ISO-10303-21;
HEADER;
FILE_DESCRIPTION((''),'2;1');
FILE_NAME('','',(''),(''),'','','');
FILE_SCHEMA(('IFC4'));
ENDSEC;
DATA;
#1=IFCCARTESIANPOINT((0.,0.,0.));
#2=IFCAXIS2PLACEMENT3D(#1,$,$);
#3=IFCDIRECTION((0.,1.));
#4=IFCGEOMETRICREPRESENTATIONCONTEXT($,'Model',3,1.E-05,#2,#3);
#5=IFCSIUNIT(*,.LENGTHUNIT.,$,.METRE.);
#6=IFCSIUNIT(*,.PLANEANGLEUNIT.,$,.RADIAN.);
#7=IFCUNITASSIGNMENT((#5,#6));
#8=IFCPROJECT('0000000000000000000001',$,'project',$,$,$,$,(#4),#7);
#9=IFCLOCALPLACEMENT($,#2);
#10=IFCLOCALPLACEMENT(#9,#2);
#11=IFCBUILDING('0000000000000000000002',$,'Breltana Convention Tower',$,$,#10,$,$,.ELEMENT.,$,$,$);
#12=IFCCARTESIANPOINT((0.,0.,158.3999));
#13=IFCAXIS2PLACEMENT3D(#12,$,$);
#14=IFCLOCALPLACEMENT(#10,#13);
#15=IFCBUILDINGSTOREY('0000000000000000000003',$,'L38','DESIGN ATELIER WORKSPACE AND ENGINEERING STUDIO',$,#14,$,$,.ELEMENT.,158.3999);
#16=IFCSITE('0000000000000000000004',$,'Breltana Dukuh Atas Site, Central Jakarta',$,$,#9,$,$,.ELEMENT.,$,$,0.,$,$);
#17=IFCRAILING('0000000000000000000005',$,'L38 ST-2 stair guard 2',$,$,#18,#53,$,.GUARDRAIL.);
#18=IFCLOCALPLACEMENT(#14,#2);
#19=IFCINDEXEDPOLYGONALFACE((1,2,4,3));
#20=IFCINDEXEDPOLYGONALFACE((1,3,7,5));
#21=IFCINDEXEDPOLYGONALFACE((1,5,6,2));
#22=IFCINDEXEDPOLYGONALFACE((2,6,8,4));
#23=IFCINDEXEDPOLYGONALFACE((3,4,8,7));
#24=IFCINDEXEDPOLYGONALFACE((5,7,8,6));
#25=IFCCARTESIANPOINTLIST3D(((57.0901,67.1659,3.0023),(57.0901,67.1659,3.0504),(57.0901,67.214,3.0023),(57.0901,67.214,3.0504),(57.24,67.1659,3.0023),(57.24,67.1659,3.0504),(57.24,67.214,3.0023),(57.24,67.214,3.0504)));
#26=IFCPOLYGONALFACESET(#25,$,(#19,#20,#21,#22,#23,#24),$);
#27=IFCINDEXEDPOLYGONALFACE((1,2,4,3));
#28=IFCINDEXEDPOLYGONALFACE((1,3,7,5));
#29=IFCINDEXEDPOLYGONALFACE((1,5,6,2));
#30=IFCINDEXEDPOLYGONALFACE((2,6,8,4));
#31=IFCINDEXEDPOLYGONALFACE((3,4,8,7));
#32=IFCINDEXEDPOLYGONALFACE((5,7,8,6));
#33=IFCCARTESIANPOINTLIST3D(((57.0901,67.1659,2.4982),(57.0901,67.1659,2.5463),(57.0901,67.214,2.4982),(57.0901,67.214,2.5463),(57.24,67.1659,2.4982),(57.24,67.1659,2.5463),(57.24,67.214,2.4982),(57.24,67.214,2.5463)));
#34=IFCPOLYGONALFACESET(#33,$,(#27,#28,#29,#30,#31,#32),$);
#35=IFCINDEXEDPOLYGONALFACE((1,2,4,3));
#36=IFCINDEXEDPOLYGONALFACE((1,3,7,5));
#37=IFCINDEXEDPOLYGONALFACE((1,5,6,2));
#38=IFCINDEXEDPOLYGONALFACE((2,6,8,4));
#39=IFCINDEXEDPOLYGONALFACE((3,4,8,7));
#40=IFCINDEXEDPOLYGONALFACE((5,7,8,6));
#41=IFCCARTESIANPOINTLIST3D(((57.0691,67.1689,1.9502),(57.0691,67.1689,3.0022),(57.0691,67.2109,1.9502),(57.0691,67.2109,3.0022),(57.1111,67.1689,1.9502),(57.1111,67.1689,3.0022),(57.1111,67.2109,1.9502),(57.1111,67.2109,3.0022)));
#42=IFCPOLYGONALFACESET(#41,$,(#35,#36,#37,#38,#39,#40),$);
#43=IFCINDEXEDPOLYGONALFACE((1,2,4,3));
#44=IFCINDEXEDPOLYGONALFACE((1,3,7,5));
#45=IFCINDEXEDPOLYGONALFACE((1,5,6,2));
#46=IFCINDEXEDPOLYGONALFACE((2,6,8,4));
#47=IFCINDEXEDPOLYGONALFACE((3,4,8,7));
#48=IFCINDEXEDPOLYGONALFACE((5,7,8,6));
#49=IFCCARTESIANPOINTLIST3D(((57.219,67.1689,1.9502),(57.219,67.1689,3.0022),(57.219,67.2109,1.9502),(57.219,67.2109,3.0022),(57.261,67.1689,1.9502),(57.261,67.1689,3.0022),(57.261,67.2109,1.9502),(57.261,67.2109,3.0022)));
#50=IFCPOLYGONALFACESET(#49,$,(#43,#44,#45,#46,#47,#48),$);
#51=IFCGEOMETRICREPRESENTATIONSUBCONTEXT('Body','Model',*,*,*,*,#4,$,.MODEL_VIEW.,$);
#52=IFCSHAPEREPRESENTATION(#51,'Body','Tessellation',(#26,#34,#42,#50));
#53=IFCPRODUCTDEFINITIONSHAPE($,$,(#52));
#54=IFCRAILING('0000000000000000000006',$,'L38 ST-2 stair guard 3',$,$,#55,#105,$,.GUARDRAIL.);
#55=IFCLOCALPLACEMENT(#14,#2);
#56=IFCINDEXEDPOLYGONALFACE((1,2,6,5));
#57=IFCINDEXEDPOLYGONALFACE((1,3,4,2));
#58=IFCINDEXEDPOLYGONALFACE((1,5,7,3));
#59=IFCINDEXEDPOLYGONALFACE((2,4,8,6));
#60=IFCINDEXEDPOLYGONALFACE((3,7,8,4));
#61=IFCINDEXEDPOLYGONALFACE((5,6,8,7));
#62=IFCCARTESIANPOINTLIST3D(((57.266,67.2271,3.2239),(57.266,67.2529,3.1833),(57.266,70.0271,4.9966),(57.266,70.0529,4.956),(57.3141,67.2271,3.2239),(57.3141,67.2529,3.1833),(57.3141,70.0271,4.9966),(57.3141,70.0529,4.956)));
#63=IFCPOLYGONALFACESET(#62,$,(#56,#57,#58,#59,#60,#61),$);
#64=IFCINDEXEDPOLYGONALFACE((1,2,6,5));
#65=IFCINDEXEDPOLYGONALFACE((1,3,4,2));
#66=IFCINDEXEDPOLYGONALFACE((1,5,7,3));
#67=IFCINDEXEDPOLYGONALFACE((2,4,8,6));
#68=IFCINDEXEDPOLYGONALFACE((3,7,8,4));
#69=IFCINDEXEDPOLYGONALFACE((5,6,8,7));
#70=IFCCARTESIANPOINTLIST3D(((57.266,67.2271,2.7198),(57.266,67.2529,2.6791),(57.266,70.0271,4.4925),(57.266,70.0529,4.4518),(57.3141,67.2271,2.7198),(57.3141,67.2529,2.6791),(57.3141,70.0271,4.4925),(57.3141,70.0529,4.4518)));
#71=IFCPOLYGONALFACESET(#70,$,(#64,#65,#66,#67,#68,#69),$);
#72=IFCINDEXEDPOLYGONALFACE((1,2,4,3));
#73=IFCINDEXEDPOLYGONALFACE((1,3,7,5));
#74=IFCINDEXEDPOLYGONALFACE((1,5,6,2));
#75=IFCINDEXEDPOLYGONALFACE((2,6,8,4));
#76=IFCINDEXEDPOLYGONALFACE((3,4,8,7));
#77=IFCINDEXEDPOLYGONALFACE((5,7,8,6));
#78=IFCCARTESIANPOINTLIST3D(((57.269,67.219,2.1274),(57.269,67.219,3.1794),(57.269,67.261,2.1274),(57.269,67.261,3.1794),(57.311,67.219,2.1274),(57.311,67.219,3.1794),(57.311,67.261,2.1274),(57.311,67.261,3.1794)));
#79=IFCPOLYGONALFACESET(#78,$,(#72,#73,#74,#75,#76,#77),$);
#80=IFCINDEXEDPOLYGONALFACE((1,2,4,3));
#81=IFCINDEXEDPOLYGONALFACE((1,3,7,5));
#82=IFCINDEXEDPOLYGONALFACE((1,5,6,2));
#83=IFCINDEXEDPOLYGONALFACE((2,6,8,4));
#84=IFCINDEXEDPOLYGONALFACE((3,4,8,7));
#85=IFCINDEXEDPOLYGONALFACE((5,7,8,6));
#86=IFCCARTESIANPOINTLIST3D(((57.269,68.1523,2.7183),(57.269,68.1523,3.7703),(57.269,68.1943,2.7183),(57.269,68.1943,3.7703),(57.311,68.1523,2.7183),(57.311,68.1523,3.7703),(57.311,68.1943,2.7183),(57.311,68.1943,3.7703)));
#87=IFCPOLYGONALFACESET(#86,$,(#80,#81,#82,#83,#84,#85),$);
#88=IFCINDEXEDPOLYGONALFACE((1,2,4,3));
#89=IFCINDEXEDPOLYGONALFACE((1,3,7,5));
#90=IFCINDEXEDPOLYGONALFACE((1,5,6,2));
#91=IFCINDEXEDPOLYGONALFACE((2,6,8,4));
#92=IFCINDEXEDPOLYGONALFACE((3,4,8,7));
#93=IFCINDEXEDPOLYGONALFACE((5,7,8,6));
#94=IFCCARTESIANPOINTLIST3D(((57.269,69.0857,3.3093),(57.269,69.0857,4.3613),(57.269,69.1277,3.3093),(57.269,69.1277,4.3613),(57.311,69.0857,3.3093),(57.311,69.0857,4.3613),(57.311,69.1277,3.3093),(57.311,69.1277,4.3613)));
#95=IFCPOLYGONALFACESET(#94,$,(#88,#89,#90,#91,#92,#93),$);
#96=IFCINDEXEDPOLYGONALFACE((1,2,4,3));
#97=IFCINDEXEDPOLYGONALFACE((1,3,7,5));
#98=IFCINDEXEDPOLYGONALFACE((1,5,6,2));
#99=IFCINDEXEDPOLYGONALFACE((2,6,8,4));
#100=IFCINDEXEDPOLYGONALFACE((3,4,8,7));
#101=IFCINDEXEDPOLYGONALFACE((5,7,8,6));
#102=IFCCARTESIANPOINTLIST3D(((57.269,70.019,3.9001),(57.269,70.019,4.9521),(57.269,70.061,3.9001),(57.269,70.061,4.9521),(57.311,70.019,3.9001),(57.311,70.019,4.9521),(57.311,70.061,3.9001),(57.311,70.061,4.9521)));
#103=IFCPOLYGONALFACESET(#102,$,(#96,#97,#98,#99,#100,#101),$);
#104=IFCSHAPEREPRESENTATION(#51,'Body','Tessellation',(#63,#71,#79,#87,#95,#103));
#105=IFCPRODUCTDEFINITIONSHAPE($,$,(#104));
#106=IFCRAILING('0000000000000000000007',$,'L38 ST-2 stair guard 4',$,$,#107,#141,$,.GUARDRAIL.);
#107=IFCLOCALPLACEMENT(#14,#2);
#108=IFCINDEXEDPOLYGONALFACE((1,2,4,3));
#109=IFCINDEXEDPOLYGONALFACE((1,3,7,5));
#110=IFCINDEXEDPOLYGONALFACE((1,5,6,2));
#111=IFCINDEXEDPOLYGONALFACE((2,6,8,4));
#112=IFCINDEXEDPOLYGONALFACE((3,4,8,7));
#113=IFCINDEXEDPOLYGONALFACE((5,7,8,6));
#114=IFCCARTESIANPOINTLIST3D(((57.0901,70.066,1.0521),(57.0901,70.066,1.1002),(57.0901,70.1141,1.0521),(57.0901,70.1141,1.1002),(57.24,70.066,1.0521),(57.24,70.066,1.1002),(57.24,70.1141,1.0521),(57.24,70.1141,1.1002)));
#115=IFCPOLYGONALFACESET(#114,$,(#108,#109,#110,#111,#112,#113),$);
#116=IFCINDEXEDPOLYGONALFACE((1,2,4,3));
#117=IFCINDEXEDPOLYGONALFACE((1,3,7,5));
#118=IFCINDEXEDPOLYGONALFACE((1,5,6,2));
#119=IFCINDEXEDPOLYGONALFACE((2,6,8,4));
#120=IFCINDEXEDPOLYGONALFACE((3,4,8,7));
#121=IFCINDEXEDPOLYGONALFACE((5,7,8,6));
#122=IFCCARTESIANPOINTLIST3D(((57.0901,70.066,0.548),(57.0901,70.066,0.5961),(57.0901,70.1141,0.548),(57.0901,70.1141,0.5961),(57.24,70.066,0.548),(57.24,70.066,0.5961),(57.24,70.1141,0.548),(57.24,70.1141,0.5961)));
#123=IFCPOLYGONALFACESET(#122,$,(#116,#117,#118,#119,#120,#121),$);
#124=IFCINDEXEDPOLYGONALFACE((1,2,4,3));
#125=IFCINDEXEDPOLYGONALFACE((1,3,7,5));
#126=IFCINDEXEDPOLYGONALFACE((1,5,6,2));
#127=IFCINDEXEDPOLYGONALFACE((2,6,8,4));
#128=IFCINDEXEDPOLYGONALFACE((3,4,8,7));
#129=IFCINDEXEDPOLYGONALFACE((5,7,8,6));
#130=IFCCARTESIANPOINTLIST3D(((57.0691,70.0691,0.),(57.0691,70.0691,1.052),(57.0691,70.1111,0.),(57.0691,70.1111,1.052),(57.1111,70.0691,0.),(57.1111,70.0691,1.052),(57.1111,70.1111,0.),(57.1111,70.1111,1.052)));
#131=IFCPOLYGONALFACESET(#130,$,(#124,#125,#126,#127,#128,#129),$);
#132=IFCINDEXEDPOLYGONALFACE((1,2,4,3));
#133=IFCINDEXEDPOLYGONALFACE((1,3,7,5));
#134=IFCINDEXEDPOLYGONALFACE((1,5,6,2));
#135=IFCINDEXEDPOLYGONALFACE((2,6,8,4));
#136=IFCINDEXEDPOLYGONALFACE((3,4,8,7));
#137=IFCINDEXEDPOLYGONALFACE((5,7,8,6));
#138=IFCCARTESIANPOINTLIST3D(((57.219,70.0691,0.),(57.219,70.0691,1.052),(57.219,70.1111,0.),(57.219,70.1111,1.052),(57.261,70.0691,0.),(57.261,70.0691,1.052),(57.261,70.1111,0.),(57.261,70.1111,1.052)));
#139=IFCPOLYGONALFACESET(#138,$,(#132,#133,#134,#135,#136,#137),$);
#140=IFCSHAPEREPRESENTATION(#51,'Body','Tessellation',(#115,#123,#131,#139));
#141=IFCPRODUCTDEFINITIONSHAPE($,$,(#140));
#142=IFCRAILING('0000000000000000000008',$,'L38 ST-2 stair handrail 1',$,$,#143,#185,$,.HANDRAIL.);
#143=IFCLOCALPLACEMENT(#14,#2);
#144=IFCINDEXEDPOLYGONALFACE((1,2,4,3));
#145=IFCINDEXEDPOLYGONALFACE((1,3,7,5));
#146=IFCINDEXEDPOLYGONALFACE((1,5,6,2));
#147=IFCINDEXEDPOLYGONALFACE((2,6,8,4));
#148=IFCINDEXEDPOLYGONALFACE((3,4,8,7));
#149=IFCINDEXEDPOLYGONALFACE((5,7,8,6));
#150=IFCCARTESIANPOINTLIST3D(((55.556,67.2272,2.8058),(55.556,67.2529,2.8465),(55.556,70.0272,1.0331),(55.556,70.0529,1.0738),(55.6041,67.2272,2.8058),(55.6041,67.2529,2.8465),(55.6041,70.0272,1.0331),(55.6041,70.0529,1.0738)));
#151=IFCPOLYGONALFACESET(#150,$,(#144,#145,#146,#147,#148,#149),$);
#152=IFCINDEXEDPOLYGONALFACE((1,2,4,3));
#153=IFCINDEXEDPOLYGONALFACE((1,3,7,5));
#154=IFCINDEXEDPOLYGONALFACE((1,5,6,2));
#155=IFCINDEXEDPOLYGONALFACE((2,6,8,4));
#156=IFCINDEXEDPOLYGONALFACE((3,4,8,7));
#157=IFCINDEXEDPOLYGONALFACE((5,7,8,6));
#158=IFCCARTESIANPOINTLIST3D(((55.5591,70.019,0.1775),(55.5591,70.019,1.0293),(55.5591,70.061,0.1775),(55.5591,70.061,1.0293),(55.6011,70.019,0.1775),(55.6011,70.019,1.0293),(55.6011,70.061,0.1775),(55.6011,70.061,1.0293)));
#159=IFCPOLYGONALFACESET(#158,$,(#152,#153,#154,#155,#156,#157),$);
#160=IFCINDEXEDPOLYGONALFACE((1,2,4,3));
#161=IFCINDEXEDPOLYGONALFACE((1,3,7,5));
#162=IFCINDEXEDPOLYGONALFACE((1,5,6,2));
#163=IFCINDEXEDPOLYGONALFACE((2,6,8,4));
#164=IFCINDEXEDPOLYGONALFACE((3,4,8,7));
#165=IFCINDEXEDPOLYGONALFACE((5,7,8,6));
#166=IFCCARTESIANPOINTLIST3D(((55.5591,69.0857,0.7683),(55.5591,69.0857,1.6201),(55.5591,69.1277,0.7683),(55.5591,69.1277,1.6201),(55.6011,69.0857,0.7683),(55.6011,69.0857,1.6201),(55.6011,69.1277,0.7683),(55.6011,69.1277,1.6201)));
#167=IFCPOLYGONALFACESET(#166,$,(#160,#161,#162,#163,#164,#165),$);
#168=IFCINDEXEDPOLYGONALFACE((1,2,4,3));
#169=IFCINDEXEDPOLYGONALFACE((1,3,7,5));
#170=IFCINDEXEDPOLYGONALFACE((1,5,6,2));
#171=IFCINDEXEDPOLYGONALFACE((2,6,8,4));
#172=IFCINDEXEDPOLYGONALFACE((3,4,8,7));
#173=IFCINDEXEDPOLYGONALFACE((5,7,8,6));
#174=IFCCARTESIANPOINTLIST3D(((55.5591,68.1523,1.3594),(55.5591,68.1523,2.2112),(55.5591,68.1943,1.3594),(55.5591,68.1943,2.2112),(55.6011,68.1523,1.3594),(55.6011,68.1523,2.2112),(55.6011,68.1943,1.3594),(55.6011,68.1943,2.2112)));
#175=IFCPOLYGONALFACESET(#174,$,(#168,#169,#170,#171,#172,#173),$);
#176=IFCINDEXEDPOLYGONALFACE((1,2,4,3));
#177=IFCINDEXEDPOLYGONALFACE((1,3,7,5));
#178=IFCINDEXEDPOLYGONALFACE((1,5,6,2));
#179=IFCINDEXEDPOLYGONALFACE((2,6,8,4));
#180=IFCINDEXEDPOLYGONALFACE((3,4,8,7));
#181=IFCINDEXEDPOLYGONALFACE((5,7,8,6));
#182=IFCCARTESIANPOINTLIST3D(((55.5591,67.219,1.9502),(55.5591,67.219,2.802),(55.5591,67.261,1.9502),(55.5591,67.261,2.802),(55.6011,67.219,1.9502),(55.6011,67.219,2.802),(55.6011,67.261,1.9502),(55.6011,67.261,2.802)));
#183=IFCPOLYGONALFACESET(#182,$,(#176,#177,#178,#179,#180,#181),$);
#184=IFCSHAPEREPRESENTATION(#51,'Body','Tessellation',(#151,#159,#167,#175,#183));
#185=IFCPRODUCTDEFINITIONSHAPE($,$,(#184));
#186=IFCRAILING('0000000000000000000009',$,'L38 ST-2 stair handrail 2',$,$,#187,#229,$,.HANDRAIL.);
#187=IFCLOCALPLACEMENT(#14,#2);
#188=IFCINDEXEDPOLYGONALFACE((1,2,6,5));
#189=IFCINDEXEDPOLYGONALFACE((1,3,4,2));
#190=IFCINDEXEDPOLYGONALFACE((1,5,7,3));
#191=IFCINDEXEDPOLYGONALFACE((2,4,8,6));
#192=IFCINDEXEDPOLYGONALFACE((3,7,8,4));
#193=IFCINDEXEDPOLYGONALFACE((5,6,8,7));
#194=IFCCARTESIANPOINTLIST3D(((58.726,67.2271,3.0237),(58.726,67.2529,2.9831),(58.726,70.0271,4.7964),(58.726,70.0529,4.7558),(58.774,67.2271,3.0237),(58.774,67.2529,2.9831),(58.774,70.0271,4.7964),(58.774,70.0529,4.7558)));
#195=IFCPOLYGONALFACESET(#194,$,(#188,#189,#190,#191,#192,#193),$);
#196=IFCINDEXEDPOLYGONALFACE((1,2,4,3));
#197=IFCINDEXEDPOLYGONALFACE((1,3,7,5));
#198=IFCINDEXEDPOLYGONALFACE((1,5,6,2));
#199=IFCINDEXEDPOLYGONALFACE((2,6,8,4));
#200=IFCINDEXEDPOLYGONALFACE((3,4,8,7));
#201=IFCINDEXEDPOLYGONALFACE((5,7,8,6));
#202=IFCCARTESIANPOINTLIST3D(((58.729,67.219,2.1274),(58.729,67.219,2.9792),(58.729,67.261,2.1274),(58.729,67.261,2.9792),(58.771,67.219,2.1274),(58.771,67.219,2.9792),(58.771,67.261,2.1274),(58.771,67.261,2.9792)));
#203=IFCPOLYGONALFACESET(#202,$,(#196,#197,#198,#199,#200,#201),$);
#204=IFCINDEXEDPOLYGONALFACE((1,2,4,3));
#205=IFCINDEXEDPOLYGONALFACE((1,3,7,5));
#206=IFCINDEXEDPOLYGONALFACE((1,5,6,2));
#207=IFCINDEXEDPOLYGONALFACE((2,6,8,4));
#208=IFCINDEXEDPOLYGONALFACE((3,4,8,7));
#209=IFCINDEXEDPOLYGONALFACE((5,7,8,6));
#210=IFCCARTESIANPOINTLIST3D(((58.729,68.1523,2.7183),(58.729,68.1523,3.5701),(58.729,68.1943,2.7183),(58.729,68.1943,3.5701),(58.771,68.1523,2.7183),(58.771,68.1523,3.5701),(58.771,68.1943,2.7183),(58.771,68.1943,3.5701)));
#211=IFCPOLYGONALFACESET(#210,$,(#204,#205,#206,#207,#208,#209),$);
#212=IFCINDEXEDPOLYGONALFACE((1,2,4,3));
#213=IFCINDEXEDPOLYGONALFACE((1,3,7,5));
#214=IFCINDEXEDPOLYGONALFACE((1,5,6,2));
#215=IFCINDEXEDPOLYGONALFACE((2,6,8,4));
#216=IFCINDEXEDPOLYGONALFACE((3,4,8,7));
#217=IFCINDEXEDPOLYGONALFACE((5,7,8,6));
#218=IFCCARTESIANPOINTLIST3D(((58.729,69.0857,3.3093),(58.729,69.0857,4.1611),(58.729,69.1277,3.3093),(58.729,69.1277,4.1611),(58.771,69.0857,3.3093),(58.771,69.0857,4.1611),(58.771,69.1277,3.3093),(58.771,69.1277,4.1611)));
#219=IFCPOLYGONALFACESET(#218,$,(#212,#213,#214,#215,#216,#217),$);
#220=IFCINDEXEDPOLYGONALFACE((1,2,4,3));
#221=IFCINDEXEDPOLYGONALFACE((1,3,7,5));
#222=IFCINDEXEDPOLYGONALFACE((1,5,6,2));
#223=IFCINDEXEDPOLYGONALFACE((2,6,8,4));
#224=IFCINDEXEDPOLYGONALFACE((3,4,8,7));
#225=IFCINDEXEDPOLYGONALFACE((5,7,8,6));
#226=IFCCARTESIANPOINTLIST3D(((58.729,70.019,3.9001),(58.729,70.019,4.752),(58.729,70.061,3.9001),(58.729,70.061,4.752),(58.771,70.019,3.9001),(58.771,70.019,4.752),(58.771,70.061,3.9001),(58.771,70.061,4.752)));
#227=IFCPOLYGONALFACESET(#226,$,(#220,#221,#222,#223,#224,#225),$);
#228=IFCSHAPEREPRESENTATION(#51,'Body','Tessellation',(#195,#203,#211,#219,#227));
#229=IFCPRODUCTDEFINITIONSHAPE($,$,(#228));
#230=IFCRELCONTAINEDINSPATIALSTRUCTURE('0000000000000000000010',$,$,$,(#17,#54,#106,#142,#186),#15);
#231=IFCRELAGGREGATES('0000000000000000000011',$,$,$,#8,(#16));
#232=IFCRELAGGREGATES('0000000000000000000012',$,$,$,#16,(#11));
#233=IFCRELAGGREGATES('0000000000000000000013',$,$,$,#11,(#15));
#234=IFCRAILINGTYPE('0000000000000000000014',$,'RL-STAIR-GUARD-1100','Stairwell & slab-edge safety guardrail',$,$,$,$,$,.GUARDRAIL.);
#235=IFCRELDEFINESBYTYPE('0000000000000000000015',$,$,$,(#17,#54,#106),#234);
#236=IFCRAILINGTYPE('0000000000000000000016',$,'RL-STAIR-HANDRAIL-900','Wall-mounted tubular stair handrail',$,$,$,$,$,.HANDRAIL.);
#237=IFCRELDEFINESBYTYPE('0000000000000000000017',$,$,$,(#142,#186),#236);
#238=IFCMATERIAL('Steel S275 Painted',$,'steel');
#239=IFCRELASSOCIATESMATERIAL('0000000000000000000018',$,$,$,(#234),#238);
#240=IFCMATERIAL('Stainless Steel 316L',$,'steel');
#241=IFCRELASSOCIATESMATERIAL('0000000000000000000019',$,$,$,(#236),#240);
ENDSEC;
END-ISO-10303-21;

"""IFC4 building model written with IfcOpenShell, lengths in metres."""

from ifc_helpers import new_model, si_unit, direction, frame, origin, origin_2d, place, context, subcontext, project, spatial, rectangle, extrude, material, type_object, element, save


model = new_model("IFC4")

# Units and contexts
model_context = context("Model", 3, precision=1e-05, world=origin(), true_north=direction((0.0, 1.0)))
body_context = subcontext(model_context, "Body", "Model", "MODEL_VIEW")
ifc_project = project(units=[si_unit("LENGTHUNIT", "METRE"), si_unit("PLANEANGLEUNIT", "RADIAN")], contexts=[model_context])

# Site, building, storey
site_placement = place(None, origin())
site = spatial("IfcSite", under=ifc_project, at=site_placement, Name="Breltana Dukuh Atas Site, Central Jakarta", CompositionType="ELEMENT", RefElevation=0.0)
building_placement = place(site_placement, origin())
building = spatial("IfcBuilding", under=site, at=building_placement, Name="Breltana Convention Tower", CompositionType="ELEMENT")
storey_placement = place(building_placement, frame((0.0, 0.0, 158.3999)))
storey = spatial("IfcBuildingStorey", under=building, at=storey_placement, Name="L38", Description="DESIGN ATELIER WORKSPACE AND ENGINEERING STUDIO", CompositionType="ELEMENT", Elevation=158.3999)

# Railings
ifc_material_1 = material(Name="Steel S275 Painted", Category="steel")
railing_type_1 = type_object("IfcRailingType", Name="RL-STAIR-GUARD-1100", Description="Stairwell & slab-edge safety guardrail", PredefinedType="GUARDRAIL", material=ifc_material_1)
railing_1_placement = place(storey_placement, frame((57.0901, 67.1899, 1.9502)))
element("IfcRailing", 1, at=railing_1_placement, inside=storey, type_object=railing_type_1, Name="L38 ST-2 stair guard 2", PredefinedType="GUARDRAIL", context=body_context, shape_type="SweptSolid", body=[
    extrude(rectangle(XDim=0.0481, YDim=0.0481, at=origin_2d()), frame((0.0, 0.0, 1.0762), z_axis=(1.0, 0.0, 0.0), x_axis=(0.0, 1.0, 0.0)), (0.0, 0.0, 1.0), 0.1499),
    extrude(rectangle(XDim=0.0481, YDim=0.0481, at=origin_2d()), frame((0.0, 0.0, 0.572), z_axis=(1.0, 0.0, 0.0), x_axis=(0.0, 1.0, 0.0)), (0.0, 0.0, 1.0), 0.1499),
    extrude(rectangle(XDim=0.042, YDim=0.042, at=origin_2d()), origin(), (0.0, 0.0, 1.0), 1.052),
    extrude(rectangle(XDim=0.042, YDim=0.042, at=origin_2d()), frame((0.1499, 0.0, 0.0)), (0.0, 0.0, 1.0), 1.052),
])
railing_2_placement = place(storey_placement, frame((57.29, 67.24, 2.1274)))
element("IfcRailing", 2, at=railing_2_placement, inside=storey, type_object=railing_type_1, Name="L38 ST-2 stair guard 3", PredefinedType="GUARDRAIL", context=body_context, shape_type="SweptSolid", body=[
    extrude(rectangle(XDim=0.0481, YDim=0.0481, at=origin_2d()), frame((0.0, 0.0, 1.0762), z_axis=(0.0, 0.844909, 0.53491), x_axis=(-1.0, 0.0, 0.0)), (0.0, 0.0, 1.0), 3.314),
    extrude(rectangle(XDim=0.0481, YDim=0.0481, at=origin_2d()), frame((0.0, 0.0, 0.572), z_axis=(0.0, 0.844909, 0.53491), x_axis=(-1.0, 0.0, 0.0)), (0.0, 0.0, 1.0), 3.314),
    extrude(rectangle(XDim=0.042, YDim=0.042, at=origin_2d()), origin(), (0.0, 0.0, 1.0), 1.052),
    extrude(rectangle(XDim=0.042, YDim=0.042, at=origin_2d()), frame((0.0, 0.9333, 0.5908)), (0.0, 0.0, 1.0), 1.052),
    extrude(rectangle(XDim=0.042, YDim=0.042, at=origin_2d()), frame((0.0, 1.8667, 1.1819)), (0.0, 0.0, 1.0), 1.052),
    extrude(rectangle(XDim=0.042, YDim=0.042, at=origin_2d()), frame((0.0, 2.8, 1.7727)), (0.0, 0.0, 1.0), 1.052),
])
railing_3_placement = place(storey_placement, frame((57.0901, 70.0901, 0.0)))
element("IfcRailing", 3, at=railing_3_placement, inside=storey, type_object=railing_type_1, Name="L38 ST-2 stair guard 4", PredefinedType="GUARDRAIL", context=body_context, shape_type="SweptSolid", body=[
    extrude(rectangle(XDim=0.0481, YDim=0.0481, at=origin_2d()), frame((0.0, 0.0, 1.0762), z_axis=(1.0, 0.0, 0.0), x_axis=(0.0, 1.0, 0.0)), (0.0, 0.0, 1.0), 0.1499),
    extrude(rectangle(XDim=0.0481, YDim=0.0481, at=origin_2d()), frame((0.0, 0.0, 0.572), z_axis=(1.0, 0.0, 0.0), x_axis=(0.0, 1.0, 0.0)), (0.0, 0.0, 1.0), 0.1499),
    extrude(rectangle(XDim=0.042, YDim=0.042, at=origin_2d()), origin(), (0.0, 0.0, 1.0), 1.052),
    extrude(rectangle(XDim=0.042, YDim=0.042, at=origin_2d()), frame((0.1499, 0.0, 0.0)), (0.0, 0.0, 1.0), 1.052),
])
ifc_material_2 = material(Name="Stainless Steel 316L", Category="steel")
railing_type_2 = type_object("IfcRailingType", Name="RL-STAIR-HANDRAIL-900", Description="Wall-mounted tubular stair handrail", PredefinedType="HANDRAIL", material=ifc_material_2)
railing_4_placement = place(storey_placement, frame((55.5801, 70.04, 0.1775)))
element("IfcRailing", 4, at=railing_4_placement, inside=storey, type_object=railing_type_2, Name="L38 ST-2 stair handrail 1", PredefinedType="HANDRAIL", context=body_context, shape_type="SweptSolid", body=[
    extrude(rectangle(XDim=0.0481, YDim=0.0481, at=origin_2d()), frame((0.0, 0.0, 0.876), z_axis=(0.0, -0.844909, 0.53491), x_axis=(1.0, 0.0, 0.0)), (0.0, 0.0, 1.0), 3.314),
    extrude(rectangle(XDim=0.042, YDim=0.042, at=origin_2d()), origin(), (0.0, 0.0, 1.0), 0.8518),
    extrude(rectangle(XDim=0.042, YDim=0.042, at=origin_2d()), frame((0.0, -0.9333, 0.5908)), (0.0, 0.0, 1.0), 0.8518),
    extrude(rectangle(XDim=0.042, YDim=0.042, at=origin_2d()), frame((0.0, -1.8667, 1.1819)), (0.0, 0.0, 1.0), 0.8518),
    extrude(rectangle(XDim=0.042, YDim=0.042, at=origin_2d()), frame((0.0, -2.8, 1.7727)), (0.0, 0.0, 1.0), 0.8518),
])
railing_5_placement = place(storey_placement, frame((58.75, 67.24, 2.1274)))
element("IfcRailing", 5, at=railing_5_placement, inside=storey, type_object=railing_type_2, Name="L38 ST-2 stair handrail 2", PredefinedType="HANDRAIL", context=body_context, shape_type="SweptSolid", body=[
    extrude(rectangle(XDim=0.0481, YDim=0.0481, at=origin_2d()), frame((0.0, 0.0, 0.876), z_axis=(0.0, 0.844909, 0.53491), x_axis=(-1.0, 0.0, 0.0)), (0.0, 0.0, 1.0), 3.314),
    extrude(rectangle(XDim=0.042, YDim=0.042, at=origin_2d()), origin(), (0.0, 0.0, 1.0), 0.8518),
    extrude(rectangle(XDim=0.042, YDim=0.042, at=origin_2d()), frame((0.0, 0.9333, 0.5908)), (0.0, 0.0, 1.0), 0.8518),
    extrude(rectangle(XDim=0.042, YDim=0.042, at=origin_2d()), frame((0.0, 1.8667, 1.1819)), (0.0, 0.0, 1.0), 0.8518),
    extrude(rectangle(XDim=0.042, YDim=0.042, at=origin_2d()), frame((0.0, 2.8, 1.7727)), (0.0, 0.0, 1.0), 0.8518),
])

save(model, "model.ifc")
